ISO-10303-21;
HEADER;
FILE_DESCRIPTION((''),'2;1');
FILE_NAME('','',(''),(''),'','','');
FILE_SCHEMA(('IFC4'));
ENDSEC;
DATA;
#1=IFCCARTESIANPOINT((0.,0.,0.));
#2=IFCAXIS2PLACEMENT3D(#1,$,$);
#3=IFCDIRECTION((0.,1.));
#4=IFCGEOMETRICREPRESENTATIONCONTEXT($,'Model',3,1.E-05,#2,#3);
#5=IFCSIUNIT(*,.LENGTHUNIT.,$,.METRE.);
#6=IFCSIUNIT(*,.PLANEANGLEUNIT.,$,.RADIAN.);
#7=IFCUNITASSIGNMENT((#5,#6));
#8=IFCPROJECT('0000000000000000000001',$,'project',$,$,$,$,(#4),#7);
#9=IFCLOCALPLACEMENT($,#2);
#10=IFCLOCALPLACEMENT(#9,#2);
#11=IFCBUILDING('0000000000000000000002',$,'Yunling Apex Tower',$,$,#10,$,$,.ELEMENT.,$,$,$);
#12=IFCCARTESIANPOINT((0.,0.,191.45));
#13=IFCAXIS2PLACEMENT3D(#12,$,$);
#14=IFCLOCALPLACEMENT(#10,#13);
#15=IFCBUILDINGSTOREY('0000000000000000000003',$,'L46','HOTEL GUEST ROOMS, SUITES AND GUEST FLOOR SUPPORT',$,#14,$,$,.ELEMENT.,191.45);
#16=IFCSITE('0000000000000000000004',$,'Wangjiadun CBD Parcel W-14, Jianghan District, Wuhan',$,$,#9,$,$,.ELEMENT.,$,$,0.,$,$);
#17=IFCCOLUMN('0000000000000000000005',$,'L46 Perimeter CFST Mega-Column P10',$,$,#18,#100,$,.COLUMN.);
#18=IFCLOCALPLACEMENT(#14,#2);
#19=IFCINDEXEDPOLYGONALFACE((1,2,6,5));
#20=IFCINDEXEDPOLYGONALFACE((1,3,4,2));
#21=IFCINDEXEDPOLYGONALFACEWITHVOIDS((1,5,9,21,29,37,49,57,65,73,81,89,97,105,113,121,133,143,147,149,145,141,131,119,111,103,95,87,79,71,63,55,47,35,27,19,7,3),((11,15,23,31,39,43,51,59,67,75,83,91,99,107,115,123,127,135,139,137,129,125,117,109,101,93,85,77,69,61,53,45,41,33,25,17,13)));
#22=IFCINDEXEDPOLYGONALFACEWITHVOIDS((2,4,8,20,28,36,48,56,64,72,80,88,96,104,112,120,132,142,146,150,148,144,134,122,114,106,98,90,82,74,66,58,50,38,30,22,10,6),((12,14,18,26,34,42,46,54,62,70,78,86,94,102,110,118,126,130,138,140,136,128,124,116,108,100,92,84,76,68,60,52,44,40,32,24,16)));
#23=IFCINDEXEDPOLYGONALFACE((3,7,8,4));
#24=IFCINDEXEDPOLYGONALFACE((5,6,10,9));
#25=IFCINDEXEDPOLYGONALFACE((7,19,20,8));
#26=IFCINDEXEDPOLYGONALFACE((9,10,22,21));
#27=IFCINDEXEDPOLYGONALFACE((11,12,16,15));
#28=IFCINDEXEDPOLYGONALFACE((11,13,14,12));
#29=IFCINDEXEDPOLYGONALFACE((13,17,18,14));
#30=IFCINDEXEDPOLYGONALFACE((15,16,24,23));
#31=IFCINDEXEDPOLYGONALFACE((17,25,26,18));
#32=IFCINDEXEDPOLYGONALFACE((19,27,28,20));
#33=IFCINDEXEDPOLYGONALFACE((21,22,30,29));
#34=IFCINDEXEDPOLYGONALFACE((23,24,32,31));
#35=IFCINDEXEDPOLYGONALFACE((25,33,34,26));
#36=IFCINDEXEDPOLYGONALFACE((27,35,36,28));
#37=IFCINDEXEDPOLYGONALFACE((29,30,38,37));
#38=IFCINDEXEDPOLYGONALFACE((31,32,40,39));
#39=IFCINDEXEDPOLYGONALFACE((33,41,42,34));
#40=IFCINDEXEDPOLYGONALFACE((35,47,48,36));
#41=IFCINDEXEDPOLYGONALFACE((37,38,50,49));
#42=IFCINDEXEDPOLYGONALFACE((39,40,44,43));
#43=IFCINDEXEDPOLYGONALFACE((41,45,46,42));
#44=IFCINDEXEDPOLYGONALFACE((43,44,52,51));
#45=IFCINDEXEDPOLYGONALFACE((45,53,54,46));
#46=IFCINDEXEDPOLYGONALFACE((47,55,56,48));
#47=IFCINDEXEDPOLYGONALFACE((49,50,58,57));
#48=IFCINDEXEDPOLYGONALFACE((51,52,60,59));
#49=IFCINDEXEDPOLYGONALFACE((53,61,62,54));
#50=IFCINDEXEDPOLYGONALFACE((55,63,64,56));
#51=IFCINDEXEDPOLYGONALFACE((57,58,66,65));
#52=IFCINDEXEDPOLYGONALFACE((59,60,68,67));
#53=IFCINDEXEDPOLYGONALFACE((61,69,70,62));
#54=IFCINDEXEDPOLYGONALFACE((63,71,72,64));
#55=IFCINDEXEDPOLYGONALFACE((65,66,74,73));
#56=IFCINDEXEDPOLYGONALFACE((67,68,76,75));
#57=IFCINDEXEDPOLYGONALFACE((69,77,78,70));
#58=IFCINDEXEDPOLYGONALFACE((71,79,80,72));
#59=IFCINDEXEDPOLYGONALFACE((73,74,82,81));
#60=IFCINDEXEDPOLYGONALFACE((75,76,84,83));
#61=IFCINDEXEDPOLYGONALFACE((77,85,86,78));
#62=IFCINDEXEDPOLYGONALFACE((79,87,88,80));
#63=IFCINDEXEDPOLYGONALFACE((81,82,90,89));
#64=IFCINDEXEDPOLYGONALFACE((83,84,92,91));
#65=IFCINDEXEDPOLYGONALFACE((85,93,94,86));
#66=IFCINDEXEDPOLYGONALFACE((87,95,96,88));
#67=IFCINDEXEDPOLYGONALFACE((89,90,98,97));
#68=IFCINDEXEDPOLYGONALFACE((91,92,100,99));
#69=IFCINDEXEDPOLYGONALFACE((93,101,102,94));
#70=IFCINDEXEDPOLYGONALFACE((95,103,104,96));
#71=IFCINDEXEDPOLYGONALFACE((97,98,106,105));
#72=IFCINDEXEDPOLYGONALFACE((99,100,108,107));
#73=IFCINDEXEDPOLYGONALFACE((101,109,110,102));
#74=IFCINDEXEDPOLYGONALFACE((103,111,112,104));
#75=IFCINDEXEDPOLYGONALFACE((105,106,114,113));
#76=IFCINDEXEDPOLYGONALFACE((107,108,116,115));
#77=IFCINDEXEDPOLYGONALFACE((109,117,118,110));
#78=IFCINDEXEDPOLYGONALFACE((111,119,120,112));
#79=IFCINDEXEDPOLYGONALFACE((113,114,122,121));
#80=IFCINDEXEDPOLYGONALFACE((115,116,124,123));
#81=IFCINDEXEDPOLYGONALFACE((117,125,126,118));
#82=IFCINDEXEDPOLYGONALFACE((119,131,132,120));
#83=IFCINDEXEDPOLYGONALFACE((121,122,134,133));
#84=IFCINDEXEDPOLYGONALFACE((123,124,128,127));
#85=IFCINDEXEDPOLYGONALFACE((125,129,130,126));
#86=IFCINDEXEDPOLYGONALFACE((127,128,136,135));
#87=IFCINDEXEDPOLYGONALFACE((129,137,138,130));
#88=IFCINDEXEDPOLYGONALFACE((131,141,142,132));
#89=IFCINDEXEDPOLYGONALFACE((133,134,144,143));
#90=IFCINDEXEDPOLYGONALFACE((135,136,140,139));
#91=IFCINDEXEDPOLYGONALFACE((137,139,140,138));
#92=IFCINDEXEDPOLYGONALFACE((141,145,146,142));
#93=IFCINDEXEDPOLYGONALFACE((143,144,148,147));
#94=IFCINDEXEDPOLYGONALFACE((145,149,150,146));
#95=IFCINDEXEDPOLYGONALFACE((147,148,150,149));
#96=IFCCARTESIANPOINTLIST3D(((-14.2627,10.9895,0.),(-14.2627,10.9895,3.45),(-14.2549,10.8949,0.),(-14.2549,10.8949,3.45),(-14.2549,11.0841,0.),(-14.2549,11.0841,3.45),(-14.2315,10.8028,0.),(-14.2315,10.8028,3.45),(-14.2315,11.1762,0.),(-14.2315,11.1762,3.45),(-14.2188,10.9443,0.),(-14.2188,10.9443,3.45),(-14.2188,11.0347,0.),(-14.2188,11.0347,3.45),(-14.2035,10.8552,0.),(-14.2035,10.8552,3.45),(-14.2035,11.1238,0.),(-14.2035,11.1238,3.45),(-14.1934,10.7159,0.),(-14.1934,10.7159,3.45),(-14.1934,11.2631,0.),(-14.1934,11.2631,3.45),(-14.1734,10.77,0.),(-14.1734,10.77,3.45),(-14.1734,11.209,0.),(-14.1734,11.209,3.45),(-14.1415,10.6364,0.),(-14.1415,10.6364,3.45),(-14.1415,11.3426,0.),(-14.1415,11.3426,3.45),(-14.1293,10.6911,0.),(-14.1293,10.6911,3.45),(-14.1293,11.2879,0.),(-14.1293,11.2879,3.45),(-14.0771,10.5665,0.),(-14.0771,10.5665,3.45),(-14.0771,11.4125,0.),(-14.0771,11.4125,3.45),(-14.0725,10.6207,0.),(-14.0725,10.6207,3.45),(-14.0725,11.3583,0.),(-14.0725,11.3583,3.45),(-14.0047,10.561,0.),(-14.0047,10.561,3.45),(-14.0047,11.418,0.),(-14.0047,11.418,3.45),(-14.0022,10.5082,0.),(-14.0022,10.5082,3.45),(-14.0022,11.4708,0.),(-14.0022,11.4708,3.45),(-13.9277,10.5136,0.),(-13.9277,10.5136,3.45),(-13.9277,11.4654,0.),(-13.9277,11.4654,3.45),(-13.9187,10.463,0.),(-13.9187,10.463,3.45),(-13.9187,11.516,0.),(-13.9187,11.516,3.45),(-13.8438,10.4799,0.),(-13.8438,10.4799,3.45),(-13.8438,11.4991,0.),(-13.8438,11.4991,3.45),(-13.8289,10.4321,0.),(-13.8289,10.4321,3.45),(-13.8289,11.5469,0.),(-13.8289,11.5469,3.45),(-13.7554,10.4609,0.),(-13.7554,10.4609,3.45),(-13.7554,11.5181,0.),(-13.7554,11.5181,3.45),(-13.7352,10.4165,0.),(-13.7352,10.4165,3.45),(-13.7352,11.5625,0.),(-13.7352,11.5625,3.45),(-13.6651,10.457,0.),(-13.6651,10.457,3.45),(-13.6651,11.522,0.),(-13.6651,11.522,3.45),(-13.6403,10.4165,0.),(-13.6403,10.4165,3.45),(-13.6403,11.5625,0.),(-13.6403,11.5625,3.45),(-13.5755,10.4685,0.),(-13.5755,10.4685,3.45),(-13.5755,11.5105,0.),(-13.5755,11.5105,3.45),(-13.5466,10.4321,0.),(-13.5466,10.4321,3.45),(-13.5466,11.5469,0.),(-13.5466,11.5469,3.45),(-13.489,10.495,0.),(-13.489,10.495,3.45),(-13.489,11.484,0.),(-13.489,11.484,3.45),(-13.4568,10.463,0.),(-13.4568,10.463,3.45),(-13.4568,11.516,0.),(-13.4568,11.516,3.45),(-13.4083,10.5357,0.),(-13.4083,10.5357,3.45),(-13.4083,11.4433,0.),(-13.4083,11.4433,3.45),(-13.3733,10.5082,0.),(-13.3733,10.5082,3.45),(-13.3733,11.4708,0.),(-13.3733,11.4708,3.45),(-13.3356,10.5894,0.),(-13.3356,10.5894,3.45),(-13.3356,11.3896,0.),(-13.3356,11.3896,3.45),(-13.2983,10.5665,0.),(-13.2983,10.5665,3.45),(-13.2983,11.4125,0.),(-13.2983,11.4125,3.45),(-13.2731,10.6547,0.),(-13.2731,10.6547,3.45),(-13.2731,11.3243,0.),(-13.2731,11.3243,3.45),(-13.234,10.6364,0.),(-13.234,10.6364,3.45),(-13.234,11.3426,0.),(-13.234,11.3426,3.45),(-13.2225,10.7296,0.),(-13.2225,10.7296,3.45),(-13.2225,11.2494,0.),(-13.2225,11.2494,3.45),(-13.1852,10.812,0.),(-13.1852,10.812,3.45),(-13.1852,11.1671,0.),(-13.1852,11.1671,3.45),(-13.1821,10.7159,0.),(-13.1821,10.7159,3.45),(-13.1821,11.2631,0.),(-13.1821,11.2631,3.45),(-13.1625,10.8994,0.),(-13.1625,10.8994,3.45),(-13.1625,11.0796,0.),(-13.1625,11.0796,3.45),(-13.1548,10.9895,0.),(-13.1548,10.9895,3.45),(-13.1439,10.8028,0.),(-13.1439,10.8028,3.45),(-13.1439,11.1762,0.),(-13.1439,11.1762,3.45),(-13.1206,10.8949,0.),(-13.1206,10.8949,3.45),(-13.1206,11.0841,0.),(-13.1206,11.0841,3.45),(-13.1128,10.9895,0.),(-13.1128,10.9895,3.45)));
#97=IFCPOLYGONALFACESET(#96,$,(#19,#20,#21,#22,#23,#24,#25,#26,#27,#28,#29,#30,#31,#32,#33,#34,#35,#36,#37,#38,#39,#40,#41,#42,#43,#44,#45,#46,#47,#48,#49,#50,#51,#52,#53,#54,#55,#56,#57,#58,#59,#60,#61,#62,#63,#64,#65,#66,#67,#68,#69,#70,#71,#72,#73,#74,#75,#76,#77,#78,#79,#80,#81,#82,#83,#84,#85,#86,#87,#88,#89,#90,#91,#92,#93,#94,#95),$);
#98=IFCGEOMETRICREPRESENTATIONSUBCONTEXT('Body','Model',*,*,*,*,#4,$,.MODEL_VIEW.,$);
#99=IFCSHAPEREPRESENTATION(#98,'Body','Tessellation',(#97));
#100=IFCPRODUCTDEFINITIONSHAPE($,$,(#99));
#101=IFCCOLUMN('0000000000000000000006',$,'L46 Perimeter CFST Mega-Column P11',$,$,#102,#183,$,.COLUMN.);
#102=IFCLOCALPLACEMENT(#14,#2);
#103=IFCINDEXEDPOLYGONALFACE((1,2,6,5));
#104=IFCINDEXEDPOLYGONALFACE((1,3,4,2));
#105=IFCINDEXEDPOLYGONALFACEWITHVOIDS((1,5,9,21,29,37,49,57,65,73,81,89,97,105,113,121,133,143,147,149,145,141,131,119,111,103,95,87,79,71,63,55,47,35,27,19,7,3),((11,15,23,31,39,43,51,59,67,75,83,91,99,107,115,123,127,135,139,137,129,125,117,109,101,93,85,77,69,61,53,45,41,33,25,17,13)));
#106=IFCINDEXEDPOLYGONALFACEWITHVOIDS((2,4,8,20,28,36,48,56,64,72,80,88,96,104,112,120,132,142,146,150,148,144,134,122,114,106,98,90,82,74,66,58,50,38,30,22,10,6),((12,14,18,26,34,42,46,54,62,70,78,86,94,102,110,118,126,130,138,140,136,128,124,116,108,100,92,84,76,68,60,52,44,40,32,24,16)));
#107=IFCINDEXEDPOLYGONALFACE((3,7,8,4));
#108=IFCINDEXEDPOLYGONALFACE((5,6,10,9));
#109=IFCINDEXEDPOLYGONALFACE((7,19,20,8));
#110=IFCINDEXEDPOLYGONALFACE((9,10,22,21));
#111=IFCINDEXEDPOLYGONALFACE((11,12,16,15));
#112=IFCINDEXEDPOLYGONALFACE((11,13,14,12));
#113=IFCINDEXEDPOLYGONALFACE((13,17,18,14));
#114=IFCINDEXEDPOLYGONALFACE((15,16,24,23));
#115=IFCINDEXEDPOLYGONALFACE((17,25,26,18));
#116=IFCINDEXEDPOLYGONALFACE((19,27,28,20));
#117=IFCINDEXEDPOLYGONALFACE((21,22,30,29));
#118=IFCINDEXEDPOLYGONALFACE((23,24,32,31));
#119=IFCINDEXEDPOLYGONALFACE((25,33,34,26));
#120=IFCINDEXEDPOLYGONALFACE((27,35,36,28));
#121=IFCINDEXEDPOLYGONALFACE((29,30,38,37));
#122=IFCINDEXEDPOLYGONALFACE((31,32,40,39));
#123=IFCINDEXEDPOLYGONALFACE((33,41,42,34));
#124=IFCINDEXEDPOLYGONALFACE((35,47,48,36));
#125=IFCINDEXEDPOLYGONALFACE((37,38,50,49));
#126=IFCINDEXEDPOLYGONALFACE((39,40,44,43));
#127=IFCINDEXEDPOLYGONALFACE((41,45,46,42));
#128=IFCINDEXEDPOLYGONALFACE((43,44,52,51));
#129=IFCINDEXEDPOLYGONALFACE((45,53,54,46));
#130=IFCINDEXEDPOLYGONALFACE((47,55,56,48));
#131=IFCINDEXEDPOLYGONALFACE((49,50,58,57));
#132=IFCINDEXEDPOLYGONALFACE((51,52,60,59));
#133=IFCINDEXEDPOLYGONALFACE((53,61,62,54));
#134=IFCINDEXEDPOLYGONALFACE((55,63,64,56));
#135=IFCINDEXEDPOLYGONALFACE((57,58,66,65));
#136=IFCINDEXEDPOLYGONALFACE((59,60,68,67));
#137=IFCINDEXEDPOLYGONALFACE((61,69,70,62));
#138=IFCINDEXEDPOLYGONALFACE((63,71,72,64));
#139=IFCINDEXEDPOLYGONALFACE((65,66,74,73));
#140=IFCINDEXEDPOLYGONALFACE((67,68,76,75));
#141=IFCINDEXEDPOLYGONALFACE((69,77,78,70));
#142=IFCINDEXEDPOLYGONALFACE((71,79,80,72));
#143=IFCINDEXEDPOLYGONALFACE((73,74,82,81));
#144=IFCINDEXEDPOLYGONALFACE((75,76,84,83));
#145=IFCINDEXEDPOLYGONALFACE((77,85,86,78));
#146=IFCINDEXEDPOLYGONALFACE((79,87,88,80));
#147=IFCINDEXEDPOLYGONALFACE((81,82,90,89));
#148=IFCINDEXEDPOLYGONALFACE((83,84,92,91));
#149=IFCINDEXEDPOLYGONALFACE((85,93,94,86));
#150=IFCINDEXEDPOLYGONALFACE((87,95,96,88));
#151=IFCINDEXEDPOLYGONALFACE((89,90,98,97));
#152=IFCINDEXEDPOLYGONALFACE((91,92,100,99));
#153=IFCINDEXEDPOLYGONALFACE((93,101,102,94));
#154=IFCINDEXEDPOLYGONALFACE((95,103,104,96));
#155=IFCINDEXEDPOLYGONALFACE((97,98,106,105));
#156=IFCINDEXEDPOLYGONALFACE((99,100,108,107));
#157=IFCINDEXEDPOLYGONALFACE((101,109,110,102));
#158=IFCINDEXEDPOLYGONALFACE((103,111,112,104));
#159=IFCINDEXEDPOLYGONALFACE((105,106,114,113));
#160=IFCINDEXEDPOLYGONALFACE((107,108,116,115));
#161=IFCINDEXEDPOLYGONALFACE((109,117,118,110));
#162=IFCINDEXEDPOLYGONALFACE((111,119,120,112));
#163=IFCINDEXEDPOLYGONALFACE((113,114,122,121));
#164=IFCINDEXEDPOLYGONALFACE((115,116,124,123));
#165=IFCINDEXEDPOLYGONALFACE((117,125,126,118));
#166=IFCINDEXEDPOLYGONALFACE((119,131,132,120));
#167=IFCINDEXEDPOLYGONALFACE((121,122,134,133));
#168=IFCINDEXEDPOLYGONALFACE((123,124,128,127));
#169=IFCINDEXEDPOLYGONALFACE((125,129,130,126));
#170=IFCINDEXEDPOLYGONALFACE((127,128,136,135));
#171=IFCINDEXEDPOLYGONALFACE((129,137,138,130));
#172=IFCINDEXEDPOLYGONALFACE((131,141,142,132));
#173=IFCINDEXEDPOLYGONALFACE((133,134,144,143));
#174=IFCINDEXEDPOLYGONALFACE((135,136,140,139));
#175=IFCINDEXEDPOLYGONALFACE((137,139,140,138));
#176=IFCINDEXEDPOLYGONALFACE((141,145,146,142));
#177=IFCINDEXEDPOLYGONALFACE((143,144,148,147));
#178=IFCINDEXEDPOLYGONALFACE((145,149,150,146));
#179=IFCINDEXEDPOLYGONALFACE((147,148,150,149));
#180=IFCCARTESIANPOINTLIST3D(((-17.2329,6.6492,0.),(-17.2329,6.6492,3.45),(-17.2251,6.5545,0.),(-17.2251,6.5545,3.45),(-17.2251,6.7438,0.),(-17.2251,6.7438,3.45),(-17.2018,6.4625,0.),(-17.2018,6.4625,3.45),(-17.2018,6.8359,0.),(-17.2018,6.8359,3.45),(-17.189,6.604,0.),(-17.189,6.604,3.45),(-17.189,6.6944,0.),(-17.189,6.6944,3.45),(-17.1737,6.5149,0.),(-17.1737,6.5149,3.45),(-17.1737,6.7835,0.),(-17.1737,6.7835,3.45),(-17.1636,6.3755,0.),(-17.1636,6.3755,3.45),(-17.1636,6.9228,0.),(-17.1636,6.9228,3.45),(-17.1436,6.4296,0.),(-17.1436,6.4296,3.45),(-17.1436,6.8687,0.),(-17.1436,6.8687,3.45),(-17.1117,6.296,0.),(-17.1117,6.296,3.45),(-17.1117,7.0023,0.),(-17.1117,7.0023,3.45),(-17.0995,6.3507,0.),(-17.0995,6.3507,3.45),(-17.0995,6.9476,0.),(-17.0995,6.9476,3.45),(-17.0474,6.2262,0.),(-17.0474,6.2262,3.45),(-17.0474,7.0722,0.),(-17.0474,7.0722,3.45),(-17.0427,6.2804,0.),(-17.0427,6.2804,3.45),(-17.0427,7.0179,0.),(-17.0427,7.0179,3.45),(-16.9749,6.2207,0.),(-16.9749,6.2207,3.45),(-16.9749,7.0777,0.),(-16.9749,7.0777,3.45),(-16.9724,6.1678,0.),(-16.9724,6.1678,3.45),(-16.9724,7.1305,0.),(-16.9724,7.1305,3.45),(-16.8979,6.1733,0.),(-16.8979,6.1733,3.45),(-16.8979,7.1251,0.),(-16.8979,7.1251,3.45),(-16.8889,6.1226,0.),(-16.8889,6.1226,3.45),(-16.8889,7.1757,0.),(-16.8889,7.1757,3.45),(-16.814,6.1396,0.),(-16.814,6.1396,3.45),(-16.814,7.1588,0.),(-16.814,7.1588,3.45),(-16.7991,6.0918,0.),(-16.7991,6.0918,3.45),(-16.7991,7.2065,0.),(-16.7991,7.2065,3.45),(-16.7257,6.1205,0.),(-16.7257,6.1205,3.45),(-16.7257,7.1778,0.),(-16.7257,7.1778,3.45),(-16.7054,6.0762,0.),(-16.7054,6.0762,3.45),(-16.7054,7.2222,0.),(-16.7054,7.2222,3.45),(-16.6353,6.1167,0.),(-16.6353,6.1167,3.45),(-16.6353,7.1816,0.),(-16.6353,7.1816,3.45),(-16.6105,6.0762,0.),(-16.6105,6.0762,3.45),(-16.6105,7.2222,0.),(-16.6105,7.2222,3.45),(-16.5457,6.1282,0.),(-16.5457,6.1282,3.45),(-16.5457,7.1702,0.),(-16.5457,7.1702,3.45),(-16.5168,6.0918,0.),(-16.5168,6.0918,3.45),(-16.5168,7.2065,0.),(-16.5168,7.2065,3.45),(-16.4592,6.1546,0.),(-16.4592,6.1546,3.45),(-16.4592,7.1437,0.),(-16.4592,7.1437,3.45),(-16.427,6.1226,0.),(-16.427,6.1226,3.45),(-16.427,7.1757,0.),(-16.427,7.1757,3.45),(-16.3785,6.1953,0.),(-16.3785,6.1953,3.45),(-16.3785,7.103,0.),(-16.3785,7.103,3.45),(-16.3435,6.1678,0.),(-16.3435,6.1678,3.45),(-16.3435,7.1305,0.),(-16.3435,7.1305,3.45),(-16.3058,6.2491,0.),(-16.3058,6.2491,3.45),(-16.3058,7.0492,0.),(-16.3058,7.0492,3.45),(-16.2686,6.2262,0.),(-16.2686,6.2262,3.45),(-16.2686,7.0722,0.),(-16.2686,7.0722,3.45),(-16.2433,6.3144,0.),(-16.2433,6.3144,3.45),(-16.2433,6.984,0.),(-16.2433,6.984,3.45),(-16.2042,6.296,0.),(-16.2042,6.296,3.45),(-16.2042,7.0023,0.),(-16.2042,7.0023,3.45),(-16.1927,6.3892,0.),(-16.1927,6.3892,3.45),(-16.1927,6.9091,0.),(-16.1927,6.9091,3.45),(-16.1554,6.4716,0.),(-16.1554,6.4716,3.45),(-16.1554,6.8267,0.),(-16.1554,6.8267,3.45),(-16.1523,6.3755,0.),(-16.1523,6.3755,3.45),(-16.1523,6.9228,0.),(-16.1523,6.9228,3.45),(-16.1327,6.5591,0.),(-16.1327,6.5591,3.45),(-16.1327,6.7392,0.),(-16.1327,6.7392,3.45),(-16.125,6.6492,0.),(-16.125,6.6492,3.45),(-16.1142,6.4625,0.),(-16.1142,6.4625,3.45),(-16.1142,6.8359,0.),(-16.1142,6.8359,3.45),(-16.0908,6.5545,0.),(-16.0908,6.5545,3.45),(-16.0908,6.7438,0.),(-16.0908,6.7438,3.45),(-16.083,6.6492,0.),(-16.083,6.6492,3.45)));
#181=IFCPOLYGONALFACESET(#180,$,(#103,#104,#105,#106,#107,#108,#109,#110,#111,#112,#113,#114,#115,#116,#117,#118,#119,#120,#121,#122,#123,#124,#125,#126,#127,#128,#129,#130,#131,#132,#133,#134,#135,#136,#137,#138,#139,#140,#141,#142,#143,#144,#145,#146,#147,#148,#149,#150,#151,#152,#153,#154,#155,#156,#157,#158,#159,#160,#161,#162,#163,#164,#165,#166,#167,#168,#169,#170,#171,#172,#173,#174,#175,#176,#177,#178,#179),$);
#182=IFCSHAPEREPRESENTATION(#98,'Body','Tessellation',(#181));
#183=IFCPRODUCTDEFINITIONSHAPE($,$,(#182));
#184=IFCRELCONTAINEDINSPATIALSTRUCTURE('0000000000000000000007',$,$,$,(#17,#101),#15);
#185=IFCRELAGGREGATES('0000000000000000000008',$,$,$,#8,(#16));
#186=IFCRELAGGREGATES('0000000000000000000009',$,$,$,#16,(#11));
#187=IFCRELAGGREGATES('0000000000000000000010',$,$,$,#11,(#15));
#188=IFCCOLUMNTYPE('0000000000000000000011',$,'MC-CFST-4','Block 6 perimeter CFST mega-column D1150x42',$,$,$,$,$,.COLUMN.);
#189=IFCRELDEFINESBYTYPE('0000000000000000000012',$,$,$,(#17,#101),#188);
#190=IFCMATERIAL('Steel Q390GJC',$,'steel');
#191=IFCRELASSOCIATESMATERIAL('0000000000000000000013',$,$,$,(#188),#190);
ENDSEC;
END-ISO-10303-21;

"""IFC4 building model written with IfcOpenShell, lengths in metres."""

from ifc_helpers import new_model, si_unit, direction, frame, origin, origin_2d, place, context, subcontext, project, spatial, hollow_circle, extrude, source, transform, mapped, material, material_profile, profile_set, type_object, element, save


model = new_model("IFC4")

# Units and contexts
model_context = context("Model", 3, precision=1e-05, world=origin(), true_north=direction((0.0, 1.0)))
body_context = subcontext(model_context, "Body", "Model", "MODEL_VIEW")
ifc_project = project(units=[si_unit("LENGTHUNIT", "METRE"), si_unit("PLANEANGLEUNIT", "RADIAN")], contexts=[model_context])

# Site, building, storey
site_placement = place(None, origin())
site = spatial("IfcSite", under=ifc_project, at=site_placement, Name="Wangjiadun CBD Parcel W-14, Jianghan District, Wuhan", CompositionType="ELEMENT", RefElevation=0.0)
building_placement = place(site_placement, origin())
building = spatial("IfcBuilding", under=site, at=building_placement, Name="Yunling Apex Tower", CompositionType="ELEMENT")
storey_placement = place(building_placement, frame((0.0, 0.0, 191.45)))
storey = spatial("IfcBuildingStorey", under=building, at=storey_placement, Name="L46", Description="HOTEL GUEST ROOMS, SUITES AND GUEST FLOOR SUPPORT", CompositionType="ELEMENT", Elevation=191.45)

# Columns
ifc_material_1 = material(Name="Steel Q390GJC", Category="steel")
ifc_material_profile_1 = material_profile(ifc_material_1, hollow_circle(Radius=0.575, WallThickness=0.042, at=origin_2d()))
ifc_profile_set_1 = profile_set([ifc_material_profile_1], Name="Steel Q390GJC")
column_type = type_object("IfcColumnType", Name="MC-CFST-4", Description="Block 6 perimeter CFST mega-column D1150x42", PredefinedType="COLUMN", material=ifc_profile_set_1)
shared_shape_1 = source(origin(), body_context, "Body", "SweptSolid", [
    extrude(hollow_circle(Radius=0.575, WallThickness=0.042, at=origin_2d()), origin(), (0.0, 0.0, 1.0), 3.45),
])
for number, where, z_axis, x_axis, name in (
    (1, (-13.6877, 10.9895, 0.0), (0.0, 0.0, 1.0), (1.0, 0.0, 0.0), "L46 Perimeter CFST Mega-Column P10"),
    (2, (-16.658, 6.6492, 0.0), (0.0, 0.0, 1.0), (1.0, 0.0, 0.0), "L46 Perimeter CFST Mega-Column P11"),
):
    element("IfcColumn", number, at=place(storey_placement, frame(where, z_axis=z_axis, x_axis=x_axis)), inside=storey, type_object=column_type, Name=name, PredefinedType="COLUMN", context=body_context, shape_type="MappedRepresentation", body=[
        mapped(shared_shape_1, transform((0.0, 0.0, 0.0), scale=1.0)),
    ])

save(model, "model.ifc")
